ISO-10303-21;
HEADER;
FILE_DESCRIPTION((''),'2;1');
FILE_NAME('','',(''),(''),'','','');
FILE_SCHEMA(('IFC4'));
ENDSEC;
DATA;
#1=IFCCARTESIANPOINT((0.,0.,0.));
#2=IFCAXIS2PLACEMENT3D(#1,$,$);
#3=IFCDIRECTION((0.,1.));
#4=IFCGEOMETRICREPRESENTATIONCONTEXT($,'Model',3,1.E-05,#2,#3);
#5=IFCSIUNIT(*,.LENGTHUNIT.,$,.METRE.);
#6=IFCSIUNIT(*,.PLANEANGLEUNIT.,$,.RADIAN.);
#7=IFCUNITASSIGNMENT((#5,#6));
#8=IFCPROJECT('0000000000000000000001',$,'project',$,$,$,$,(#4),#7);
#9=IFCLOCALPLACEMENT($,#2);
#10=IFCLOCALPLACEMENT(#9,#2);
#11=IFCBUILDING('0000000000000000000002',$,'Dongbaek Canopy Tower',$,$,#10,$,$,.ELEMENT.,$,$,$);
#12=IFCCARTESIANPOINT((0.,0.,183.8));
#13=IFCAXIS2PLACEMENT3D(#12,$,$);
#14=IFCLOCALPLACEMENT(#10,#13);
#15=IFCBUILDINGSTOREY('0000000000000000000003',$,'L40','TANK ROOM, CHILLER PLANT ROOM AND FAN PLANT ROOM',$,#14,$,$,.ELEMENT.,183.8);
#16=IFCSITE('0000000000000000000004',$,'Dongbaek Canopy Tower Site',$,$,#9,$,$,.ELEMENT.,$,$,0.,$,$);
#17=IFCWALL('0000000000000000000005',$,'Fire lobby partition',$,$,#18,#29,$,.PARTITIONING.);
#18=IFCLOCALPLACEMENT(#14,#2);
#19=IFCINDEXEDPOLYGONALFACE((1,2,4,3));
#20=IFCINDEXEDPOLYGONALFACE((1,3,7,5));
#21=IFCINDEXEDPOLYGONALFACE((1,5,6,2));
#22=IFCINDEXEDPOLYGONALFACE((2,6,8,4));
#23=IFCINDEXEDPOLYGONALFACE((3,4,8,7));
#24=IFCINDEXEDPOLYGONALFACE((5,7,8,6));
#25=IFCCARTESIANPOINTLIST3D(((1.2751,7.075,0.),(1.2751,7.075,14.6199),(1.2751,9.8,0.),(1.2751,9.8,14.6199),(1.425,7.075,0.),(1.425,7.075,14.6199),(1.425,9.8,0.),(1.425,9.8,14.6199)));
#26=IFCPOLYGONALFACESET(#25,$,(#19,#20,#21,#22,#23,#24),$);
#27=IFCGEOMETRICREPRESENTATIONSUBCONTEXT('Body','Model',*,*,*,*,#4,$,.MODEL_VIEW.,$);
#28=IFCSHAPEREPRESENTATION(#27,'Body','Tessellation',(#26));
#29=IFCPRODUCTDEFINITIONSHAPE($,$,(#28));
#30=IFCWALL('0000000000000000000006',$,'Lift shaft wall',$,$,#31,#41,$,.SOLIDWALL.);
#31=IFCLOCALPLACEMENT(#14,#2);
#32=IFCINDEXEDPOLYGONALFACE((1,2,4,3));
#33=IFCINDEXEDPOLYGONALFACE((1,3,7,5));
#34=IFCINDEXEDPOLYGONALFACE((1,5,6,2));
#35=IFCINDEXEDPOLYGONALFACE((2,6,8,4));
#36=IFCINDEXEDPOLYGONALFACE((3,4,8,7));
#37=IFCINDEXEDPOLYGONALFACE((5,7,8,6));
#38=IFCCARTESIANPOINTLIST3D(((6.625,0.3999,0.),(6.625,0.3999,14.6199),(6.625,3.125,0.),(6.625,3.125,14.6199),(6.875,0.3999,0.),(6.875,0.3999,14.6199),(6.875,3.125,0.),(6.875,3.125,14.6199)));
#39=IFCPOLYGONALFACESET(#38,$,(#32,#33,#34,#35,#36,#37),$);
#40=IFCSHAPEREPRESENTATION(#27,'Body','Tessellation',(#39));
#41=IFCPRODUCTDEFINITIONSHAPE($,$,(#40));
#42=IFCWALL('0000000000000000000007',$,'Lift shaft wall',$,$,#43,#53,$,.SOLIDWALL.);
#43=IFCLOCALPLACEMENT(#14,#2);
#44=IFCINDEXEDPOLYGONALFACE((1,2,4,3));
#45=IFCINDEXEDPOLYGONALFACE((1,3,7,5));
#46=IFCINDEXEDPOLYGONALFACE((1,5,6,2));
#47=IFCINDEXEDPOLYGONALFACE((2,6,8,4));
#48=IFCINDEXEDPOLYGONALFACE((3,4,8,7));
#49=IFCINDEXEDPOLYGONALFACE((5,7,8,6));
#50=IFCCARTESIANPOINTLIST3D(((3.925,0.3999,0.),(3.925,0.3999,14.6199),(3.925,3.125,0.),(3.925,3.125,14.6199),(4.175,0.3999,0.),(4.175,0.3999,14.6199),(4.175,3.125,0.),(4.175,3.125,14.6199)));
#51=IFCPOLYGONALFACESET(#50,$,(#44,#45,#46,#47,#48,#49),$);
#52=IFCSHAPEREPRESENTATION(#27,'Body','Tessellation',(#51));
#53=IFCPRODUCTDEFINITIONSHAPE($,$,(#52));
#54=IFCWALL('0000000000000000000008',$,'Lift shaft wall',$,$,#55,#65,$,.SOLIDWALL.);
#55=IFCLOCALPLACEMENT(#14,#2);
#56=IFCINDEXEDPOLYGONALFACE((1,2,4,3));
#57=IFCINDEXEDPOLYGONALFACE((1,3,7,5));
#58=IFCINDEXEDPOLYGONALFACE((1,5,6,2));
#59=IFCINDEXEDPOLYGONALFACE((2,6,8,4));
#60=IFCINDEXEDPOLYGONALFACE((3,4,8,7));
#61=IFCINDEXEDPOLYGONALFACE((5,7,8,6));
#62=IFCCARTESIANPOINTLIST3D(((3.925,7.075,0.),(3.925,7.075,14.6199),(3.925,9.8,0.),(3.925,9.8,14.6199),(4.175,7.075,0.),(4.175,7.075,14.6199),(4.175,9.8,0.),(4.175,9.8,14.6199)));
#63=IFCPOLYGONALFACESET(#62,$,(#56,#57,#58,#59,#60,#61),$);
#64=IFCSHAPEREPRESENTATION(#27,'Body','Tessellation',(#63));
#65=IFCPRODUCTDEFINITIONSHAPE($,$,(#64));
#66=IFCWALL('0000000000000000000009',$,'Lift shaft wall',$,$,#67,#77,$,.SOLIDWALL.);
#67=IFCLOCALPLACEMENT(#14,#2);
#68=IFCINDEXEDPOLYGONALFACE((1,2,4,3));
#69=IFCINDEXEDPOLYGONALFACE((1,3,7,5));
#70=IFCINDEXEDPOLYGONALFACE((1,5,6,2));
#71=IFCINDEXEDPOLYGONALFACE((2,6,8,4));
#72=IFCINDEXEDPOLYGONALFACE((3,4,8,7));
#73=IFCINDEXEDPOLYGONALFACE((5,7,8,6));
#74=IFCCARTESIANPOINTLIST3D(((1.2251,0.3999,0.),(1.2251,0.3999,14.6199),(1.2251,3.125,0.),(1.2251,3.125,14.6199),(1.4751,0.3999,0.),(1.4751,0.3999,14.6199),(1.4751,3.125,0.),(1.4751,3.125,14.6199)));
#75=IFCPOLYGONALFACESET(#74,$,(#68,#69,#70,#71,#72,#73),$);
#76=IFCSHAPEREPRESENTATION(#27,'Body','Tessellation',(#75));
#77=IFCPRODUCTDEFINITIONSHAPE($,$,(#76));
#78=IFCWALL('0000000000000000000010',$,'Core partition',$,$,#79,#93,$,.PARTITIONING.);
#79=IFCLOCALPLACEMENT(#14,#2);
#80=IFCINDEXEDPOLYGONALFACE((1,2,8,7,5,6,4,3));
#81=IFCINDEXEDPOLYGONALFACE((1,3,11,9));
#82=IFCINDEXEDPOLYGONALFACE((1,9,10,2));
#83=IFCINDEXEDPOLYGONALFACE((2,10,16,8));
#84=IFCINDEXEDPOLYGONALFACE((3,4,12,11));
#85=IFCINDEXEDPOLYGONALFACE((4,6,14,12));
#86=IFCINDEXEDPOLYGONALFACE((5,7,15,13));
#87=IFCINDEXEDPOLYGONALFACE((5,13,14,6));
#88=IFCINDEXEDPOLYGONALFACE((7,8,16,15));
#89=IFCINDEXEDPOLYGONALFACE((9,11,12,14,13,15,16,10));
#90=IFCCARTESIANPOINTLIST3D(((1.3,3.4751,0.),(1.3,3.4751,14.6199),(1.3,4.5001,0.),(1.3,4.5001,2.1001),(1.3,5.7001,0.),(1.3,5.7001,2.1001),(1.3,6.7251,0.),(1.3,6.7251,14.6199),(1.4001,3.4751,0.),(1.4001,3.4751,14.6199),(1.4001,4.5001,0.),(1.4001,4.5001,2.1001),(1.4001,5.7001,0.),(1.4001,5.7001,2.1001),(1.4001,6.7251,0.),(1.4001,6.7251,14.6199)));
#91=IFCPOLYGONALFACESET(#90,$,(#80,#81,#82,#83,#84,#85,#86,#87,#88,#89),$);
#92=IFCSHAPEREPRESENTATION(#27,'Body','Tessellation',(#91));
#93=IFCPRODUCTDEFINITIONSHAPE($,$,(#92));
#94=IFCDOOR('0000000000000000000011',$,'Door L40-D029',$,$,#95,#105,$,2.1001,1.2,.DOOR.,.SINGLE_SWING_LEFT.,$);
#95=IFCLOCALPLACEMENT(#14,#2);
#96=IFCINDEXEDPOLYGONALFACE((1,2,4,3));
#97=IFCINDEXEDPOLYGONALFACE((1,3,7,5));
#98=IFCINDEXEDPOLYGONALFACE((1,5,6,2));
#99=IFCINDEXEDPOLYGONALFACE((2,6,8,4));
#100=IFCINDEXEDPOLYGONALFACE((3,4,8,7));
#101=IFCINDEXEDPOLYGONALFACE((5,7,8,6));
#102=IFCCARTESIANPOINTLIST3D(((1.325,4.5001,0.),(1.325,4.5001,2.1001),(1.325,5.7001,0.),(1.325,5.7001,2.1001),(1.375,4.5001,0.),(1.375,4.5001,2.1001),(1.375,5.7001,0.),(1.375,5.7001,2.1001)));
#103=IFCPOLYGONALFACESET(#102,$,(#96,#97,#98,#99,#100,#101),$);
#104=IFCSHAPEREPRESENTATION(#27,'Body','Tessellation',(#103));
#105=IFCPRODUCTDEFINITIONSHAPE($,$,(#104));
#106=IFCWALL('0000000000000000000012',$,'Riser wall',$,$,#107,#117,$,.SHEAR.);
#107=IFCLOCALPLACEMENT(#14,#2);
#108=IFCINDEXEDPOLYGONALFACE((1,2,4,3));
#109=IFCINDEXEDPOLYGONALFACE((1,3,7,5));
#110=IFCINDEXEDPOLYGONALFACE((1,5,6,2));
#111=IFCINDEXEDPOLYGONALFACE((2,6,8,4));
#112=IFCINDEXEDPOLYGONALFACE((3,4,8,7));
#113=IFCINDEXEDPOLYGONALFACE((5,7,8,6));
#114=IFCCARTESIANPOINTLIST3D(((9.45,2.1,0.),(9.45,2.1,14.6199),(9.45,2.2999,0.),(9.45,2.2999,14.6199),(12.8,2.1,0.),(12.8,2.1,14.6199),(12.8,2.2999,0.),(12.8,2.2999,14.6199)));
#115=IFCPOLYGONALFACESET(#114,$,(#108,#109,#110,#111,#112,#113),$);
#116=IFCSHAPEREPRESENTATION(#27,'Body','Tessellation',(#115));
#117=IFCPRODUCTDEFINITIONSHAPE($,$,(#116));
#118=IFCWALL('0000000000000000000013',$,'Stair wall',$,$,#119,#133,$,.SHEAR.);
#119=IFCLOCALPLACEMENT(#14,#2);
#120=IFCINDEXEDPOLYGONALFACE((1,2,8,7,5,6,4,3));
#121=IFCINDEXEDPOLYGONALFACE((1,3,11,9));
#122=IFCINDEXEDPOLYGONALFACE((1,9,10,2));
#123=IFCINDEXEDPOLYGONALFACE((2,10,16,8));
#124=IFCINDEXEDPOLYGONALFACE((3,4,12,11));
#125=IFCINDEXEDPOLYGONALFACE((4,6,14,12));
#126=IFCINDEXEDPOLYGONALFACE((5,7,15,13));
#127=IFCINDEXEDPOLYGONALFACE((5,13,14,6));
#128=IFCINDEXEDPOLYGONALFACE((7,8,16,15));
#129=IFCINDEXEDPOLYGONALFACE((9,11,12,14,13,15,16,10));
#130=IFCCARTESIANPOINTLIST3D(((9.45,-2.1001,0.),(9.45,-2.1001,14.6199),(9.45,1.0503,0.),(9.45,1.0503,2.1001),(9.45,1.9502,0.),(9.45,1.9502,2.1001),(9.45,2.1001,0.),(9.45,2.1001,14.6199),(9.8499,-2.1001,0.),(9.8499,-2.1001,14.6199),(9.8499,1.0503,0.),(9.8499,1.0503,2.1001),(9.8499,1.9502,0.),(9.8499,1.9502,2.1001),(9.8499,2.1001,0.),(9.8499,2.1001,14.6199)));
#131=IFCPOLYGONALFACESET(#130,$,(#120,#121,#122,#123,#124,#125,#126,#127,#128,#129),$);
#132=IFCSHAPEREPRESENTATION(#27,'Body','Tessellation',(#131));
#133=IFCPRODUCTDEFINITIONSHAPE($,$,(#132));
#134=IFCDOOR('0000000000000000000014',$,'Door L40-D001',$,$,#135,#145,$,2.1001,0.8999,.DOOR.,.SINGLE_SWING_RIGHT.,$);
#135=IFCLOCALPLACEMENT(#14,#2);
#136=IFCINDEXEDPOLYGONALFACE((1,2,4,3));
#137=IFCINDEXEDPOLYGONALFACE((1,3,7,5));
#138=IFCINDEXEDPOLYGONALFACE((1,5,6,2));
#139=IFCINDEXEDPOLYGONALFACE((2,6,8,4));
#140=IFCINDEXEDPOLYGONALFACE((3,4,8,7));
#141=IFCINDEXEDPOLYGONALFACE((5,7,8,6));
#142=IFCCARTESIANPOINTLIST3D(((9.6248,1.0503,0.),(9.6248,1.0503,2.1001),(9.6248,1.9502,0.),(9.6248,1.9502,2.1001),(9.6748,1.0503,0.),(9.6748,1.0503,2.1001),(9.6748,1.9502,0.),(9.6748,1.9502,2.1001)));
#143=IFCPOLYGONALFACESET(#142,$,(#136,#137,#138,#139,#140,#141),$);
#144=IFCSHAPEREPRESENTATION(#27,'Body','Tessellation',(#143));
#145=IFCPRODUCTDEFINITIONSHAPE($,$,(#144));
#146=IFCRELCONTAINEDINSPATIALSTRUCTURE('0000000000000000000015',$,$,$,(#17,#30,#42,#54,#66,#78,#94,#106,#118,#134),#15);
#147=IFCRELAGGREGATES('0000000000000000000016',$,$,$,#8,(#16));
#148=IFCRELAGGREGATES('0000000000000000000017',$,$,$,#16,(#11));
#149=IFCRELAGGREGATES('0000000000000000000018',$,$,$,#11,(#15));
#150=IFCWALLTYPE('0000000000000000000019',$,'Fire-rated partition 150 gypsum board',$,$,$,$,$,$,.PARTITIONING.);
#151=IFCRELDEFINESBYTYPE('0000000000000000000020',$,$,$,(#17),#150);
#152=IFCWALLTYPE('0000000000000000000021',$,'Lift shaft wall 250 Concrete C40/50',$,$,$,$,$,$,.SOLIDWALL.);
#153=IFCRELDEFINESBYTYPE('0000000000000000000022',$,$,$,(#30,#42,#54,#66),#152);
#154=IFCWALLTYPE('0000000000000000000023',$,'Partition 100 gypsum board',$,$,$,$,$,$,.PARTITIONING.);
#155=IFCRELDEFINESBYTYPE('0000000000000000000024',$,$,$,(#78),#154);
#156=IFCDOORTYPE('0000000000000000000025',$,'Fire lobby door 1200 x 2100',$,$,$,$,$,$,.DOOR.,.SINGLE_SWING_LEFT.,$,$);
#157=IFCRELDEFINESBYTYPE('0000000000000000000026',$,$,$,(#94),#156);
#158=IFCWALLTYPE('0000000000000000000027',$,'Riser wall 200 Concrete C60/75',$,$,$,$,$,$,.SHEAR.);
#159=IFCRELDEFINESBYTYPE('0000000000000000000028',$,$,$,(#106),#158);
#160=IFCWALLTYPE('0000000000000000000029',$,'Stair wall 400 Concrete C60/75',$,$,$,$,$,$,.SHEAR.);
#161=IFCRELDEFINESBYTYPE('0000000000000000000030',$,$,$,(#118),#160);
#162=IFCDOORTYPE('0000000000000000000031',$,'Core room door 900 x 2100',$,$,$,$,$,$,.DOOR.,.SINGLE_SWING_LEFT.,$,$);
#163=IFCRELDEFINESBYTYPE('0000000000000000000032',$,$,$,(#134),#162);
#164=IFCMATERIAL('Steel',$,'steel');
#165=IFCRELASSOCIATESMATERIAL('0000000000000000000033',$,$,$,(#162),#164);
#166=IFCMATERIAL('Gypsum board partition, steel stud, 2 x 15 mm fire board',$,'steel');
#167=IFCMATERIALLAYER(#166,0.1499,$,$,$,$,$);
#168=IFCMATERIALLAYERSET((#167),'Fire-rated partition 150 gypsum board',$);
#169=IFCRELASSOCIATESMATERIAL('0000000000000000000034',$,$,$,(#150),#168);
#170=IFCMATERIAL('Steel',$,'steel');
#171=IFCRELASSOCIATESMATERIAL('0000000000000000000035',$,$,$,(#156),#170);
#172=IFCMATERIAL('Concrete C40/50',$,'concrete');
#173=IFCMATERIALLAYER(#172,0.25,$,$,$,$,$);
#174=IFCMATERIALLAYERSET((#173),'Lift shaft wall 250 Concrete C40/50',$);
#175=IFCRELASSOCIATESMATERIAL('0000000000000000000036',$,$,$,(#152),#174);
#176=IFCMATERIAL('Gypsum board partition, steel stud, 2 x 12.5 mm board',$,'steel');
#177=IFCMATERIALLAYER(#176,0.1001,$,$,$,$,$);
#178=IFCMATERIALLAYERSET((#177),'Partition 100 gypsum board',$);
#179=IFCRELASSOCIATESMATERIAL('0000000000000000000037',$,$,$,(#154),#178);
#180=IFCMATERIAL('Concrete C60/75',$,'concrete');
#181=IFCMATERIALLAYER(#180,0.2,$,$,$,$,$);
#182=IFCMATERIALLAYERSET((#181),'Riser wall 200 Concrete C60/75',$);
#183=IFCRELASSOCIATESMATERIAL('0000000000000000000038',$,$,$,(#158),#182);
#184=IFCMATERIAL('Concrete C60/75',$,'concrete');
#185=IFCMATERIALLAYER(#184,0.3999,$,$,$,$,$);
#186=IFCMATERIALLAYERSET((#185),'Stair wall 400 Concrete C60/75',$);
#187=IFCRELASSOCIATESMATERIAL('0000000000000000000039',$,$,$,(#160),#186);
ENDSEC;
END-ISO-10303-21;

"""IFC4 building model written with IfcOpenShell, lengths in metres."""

from ifc_helpers import new_model, si_unit, direction, frame, frame_2d, origin, place, context, subcontext, project, spatial, rectangle, extrude, material, layer, layer_set, type_object, element, fill, save


model = new_model("IFC4")

# Units and contexts
model_context = context("Model", 3, precision=1e-05, world=origin(), true_north=direction((0.0, 1.0)))
body_context = subcontext(model_context, "Body", "Model", "MODEL_VIEW")
ifc_project = project(units=[si_unit("LENGTHUNIT", "METRE"), si_unit("PLANEANGLEUNIT", "RADIAN")], contexts=[model_context])

# Site, building, storey
site_placement = place(None, origin())
site = spatial("IfcSite", under=ifc_project, at=site_placement, Name="Dongbaek Canopy Tower Site", CompositionType="ELEMENT", RefElevation=0.0)
building_placement = place(site_placement, origin())
building = spatial("IfcBuilding", under=site, at=building_placement, Name="Dongbaek Canopy Tower", CompositionType="ELEMENT")
storey_placement = place(building_placement, frame((0.0, 0.0, 183.8)))
storey = spatial("IfcBuildingStorey", under=building, at=storey_placement, Name="L40", Description="TANK ROOM, CHILLER PLANT ROOM AND FAN PLANT ROOM", CompositionType="ELEMENT", Elevation=183.8)

# Shared definitions
ifc_material_1 = material(Name="Steel", Category="steel")
door_type_1 = type_object("IfcDoorType", Name="Core room door 900 x 2100", OperationType="SINGLE_SWING_LEFT", PredefinedType="DOOR", material=ifc_material_1)

# Shared definitions
ifc_material_2 = material(Name="Gypsum board partition, steel stud, 2 x 15 mm fire board", Category="steel")
ifc_layer_1 = layer(ifc_material_2, 0.1499)
ifc_layer_set_1 = layer_set([ifc_layer_1], Name="Fire-rated partition 150 gypsum board")
wall_type_1 = type_object("IfcWallType", Name="Fire-rated partition 150 gypsum board", PredefinedType="PARTITIONING", material=ifc_layer_set_1)
ifc_material_3 = material(Name="Steel", Category="steel")
door_type_2 = type_object("IfcDoorType", Name="Fire lobby door 1200 x 2100", OperationType="SINGLE_SWING_LEFT", PredefinedType="DOOR", material=ifc_material_3)

# Walls
wall_1_placement = place(storey_placement, frame((1.3501, 7.075, 0.0), z_axis=(0.0, 0.0, 1.0), x_axis=(0.0, 1.0, 0.0)))
element("IfcWall", 1, at=wall_1_placement, inside=storey, type_object=wall_type_1, Name="Fire lobby partition", PredefinedType="PARTITIONING", context=body_context, shape_type="SweptSolid", body=[
    extrude(rectangle(XDim=2.7251, YDim=0.1499, at=frame_2d((1.3625, 0.0))), origin(), (0.0, 0.0, 1.0), 14.6199),
])
ifc_material_4 = material(Name="Concrete C40/50", Category="concrete")
ifc_layer_2 = layer(ifc_material_4, 0.25)
ifc_layer_set_2 = layer_set([ifc_layer_2], Name="Lift shaft wall 250 Concrete C40/50")
wall_type_2 = type_object("IfcWallType", Name="Lift shaft wall 250 Concrete C40/50", PredefinedType="SOLIDWALL", material=ifc_layer_set_2)
for number, where, z_axis, x_axis, name in (
    (2, (6.75, 0.3999, 0.0), (0.0, 0.0, 1.0), (0.0, 1.0, 0.0), "Lift shaft wall"),
    (3, (4.05, 0.3999, 0.0), (0.0, 0.0, 1.0), (0.0, 1.0, 0.0), "Lift shaft wall"),
    (4, (4.05, 7.075, 0.0), (0.0, 0.0, 1.0), (0.0, 1.0, 0.0), "Lift shaft wall"),
    (5, (1.3501, 0.3999, 0.0), (0.0, 0.0, 1.0), (0.0, 1.0, 0.0), "Lift shaft wall"),
):
    element("IfcWall", number, at=place(storey_placement, frame(where, z_axis=z_axis, x_axis=x_axis)), inside=storey, type_object=wall_type_2, Name=name, PredefinedType="SOLIDWALL", context=body_context, shape_type="SweptSolid", body=[
        extrude(rectangle(XDim=2.7251, YDim=0.25, at=frame_2d((1.3625, 0.0))), origin(), (0.0, 0.0, 1.0), 14.6199),
    ])

# Wall, opening, door
ifc_material_5 = material(Name="Gypsum board partition, steel stud, 2 x 12.5 mm board", Category="steel")
ifc_layer_3 = layer(ifc_material_5, 0.1001)
ifc_layer_set_3 = layer_set([ifc_layer_3], Name="Partition 100 gypsum board")
wall_type_3 = type_object("IfcWallType", Name="Partition 100 gypsum board", PredefinedType="PARTITIONING", material=ifc_layer_set_3)
wall_2_placement = place(storey_placement, frame((1.3501, 6.7251, 0.0), z_axis=(0.0, 0.0, 1.0), x_axis=(0.0, -1.0, 0.0)))
wall_2 = element("IfcWall", 6, at=wall_2_placement, inside=storey, type_object=wall_type_3, Name="Core partition", PredefinedType="PARTITIONING", context=body_context, shape_type="SweptSolid", body=[
    extrude(rectangle(XDim=3.25, YDim=0.1001, at=frame_2d((1.625, 0.0))), origin(), (0.0, 0.0, 1.0), 14.6199),
])
opening_1_placement = place(wall_2_placement, frame((1.0249, 0.0, 0.0)))
opening_1 = element("IfcOpeningElement", 7, at=opening_1_placement, cuts=wall_2, PredefinedType="OPENING", context=body_context, shape_type="SweptSolid", body=[
    extrude(rectangle(XDim=1.2, YDim=2.1001, at=frame_2d((0.6001, 1.05))), frame((0.0, 0.0601, 0.0), z_axis=(0.0, -1.0, 0.0), x_axis=(1.0, 0.0, 0.0)), (0.0, 0.0, 1.0), 0.1201),
])
door_1_placement = place(opening_1_placement, origin())
door_1 = element("IfcDoor", 8, at=door_1_placement, inside=storey, type_object=door_type_2, Name="Door L40-D029", OperationType="SINGLE_SWING_LEFT", OverallHeight=2.1001, OverallWidth=1.2, PredefinedType="DOOR", context=body_context, shape_type="SweptSolid", body=[
    extrude(rectangle(XDim=1.2, YDim=2.1001, at=frame_2d((0.6001, 1.05))), frame((0.0, 0.0249, 0.0), z_axis=(0.0, -1.0, 0.0), x_axis=(1.0, 0.0, 0.0)), (0.0, 0.0, 1.0), 0.05),
])
fill(opening_1, door_1)

# Wall
ifc_material_6 = material(Name="Concrete C60/75", Category="concrete")
ifc_layer_4 = layer(ifc_material_6, 0.2)
ifc_layer_set_4 = layer_set([ifc_layer_4], Name="Riser wall 200 Concrete C60/75")
wall_type_4 = type_object("IfcWallType", Name="Riser wall 200 Concrete C60/75", PredefinedType="SHEAR", material=ifc_layer_set_4)
wall_3_placement = place(storey_placement, frame((9.45, 2.2, 0.0), z_axis=(0.0, 0.0, 1.0), x_axis=(1.0, 0.0, 0.0)))
element("IfcWall", 9, at=wall_3_placement, inside=storey, type_object=wall_type_4, Name="Riser wall", PredefinedType="SHEAR", context=body_context, shape_type="SweptSolid", body=[
    extrude(rectangle(XDim=3.3501, YDim=0.2, at=frame_2d((1.675, 0.0))), origin(), (0.0, 0.0, 1.0), 14.6199),
])

# Wall, opening, door
ifc_material_7 = material(Name="Concrete C60/75", Category="concrete")
ifc_layer_5 = layer(ifc_material_7, 0.3999)
ifc_layer_set_5 = layer_set([ifc_layer_5], Name="Stair wall 400 Concrete C60/75")
wall_type_5 = type_object("IfcWallType", Name="Stair wall 400 Concrete C60/75", PredefinedType="SHEAR", material=ifc_layer_set_5)
wall_4_placement = place(storey_placement, frame((9.6499, 2.1001, 0.0), z_axis=(0.0, 0.0, 1.0), x_axis=(0.0, -1.0, 0.0)))
wall_4 = element("IfcWall", 10, at=wall_4_placement, inside=storey, type_object=wall_type_5, Name="Stair wall", PredefinedType="SHEAR", context=body_context, shape_type="SweptSolid", body=[
    extrude(rectangle(XDim=4.2002, YDim=0.3999, at=frame_2d((2.1001, 0.0))), origin(), (0.0, 0.0, 1.0), 14.6199),
])
opening_2_placement = place(wall_4_placement, frame((0.1499, 0.0, 0.0)))
opening_2 = element("IfcOpeningElement", 11, at=opening_2_placement, cuts=wall_4, PredefinedType="OPENING", context=body_context, shape_type="SweptSolid", body=[
    extrude(rectangle(XDim=0.8999, YDim=2.1001, at=frame_2d((0.45, 1.05))), frame((0.0, 0.21, 0.0), z_axis=(0.0, -1.0, 0.0), x_axis=(1.0, 0.0, 0.0)), (0.0, 0.0, 1.0), 0.4199),
])
door_2_placement = place(opening_2_placement, origin())
door_2 = element("IfcDoor", 12, at=door_2_placement, inside=storey, type_object=door_type_1, Name="Door L40-D001", OperationType="SINGLE_SWING_RIGHT", OverallHeight=2.1001, OverallWidth=0.8999, PredefinedType="DOOR", context=body_context, shape_type="SweptSolid", body=[
    extrude(rectangle(XDim=0.8999, YDim=2.1001, at=frame_2d((0.45, 1.05))), frame((0.0, 0.0249, 0.0), z_axis=(0.0, -1.0, 0.0), x_axis=(1.0, 0.0, 0.0)), (0.0, 0.0, 1.0), 0.05),
])
fill(opening_2, door_2)

save(model, "model.ifc")
